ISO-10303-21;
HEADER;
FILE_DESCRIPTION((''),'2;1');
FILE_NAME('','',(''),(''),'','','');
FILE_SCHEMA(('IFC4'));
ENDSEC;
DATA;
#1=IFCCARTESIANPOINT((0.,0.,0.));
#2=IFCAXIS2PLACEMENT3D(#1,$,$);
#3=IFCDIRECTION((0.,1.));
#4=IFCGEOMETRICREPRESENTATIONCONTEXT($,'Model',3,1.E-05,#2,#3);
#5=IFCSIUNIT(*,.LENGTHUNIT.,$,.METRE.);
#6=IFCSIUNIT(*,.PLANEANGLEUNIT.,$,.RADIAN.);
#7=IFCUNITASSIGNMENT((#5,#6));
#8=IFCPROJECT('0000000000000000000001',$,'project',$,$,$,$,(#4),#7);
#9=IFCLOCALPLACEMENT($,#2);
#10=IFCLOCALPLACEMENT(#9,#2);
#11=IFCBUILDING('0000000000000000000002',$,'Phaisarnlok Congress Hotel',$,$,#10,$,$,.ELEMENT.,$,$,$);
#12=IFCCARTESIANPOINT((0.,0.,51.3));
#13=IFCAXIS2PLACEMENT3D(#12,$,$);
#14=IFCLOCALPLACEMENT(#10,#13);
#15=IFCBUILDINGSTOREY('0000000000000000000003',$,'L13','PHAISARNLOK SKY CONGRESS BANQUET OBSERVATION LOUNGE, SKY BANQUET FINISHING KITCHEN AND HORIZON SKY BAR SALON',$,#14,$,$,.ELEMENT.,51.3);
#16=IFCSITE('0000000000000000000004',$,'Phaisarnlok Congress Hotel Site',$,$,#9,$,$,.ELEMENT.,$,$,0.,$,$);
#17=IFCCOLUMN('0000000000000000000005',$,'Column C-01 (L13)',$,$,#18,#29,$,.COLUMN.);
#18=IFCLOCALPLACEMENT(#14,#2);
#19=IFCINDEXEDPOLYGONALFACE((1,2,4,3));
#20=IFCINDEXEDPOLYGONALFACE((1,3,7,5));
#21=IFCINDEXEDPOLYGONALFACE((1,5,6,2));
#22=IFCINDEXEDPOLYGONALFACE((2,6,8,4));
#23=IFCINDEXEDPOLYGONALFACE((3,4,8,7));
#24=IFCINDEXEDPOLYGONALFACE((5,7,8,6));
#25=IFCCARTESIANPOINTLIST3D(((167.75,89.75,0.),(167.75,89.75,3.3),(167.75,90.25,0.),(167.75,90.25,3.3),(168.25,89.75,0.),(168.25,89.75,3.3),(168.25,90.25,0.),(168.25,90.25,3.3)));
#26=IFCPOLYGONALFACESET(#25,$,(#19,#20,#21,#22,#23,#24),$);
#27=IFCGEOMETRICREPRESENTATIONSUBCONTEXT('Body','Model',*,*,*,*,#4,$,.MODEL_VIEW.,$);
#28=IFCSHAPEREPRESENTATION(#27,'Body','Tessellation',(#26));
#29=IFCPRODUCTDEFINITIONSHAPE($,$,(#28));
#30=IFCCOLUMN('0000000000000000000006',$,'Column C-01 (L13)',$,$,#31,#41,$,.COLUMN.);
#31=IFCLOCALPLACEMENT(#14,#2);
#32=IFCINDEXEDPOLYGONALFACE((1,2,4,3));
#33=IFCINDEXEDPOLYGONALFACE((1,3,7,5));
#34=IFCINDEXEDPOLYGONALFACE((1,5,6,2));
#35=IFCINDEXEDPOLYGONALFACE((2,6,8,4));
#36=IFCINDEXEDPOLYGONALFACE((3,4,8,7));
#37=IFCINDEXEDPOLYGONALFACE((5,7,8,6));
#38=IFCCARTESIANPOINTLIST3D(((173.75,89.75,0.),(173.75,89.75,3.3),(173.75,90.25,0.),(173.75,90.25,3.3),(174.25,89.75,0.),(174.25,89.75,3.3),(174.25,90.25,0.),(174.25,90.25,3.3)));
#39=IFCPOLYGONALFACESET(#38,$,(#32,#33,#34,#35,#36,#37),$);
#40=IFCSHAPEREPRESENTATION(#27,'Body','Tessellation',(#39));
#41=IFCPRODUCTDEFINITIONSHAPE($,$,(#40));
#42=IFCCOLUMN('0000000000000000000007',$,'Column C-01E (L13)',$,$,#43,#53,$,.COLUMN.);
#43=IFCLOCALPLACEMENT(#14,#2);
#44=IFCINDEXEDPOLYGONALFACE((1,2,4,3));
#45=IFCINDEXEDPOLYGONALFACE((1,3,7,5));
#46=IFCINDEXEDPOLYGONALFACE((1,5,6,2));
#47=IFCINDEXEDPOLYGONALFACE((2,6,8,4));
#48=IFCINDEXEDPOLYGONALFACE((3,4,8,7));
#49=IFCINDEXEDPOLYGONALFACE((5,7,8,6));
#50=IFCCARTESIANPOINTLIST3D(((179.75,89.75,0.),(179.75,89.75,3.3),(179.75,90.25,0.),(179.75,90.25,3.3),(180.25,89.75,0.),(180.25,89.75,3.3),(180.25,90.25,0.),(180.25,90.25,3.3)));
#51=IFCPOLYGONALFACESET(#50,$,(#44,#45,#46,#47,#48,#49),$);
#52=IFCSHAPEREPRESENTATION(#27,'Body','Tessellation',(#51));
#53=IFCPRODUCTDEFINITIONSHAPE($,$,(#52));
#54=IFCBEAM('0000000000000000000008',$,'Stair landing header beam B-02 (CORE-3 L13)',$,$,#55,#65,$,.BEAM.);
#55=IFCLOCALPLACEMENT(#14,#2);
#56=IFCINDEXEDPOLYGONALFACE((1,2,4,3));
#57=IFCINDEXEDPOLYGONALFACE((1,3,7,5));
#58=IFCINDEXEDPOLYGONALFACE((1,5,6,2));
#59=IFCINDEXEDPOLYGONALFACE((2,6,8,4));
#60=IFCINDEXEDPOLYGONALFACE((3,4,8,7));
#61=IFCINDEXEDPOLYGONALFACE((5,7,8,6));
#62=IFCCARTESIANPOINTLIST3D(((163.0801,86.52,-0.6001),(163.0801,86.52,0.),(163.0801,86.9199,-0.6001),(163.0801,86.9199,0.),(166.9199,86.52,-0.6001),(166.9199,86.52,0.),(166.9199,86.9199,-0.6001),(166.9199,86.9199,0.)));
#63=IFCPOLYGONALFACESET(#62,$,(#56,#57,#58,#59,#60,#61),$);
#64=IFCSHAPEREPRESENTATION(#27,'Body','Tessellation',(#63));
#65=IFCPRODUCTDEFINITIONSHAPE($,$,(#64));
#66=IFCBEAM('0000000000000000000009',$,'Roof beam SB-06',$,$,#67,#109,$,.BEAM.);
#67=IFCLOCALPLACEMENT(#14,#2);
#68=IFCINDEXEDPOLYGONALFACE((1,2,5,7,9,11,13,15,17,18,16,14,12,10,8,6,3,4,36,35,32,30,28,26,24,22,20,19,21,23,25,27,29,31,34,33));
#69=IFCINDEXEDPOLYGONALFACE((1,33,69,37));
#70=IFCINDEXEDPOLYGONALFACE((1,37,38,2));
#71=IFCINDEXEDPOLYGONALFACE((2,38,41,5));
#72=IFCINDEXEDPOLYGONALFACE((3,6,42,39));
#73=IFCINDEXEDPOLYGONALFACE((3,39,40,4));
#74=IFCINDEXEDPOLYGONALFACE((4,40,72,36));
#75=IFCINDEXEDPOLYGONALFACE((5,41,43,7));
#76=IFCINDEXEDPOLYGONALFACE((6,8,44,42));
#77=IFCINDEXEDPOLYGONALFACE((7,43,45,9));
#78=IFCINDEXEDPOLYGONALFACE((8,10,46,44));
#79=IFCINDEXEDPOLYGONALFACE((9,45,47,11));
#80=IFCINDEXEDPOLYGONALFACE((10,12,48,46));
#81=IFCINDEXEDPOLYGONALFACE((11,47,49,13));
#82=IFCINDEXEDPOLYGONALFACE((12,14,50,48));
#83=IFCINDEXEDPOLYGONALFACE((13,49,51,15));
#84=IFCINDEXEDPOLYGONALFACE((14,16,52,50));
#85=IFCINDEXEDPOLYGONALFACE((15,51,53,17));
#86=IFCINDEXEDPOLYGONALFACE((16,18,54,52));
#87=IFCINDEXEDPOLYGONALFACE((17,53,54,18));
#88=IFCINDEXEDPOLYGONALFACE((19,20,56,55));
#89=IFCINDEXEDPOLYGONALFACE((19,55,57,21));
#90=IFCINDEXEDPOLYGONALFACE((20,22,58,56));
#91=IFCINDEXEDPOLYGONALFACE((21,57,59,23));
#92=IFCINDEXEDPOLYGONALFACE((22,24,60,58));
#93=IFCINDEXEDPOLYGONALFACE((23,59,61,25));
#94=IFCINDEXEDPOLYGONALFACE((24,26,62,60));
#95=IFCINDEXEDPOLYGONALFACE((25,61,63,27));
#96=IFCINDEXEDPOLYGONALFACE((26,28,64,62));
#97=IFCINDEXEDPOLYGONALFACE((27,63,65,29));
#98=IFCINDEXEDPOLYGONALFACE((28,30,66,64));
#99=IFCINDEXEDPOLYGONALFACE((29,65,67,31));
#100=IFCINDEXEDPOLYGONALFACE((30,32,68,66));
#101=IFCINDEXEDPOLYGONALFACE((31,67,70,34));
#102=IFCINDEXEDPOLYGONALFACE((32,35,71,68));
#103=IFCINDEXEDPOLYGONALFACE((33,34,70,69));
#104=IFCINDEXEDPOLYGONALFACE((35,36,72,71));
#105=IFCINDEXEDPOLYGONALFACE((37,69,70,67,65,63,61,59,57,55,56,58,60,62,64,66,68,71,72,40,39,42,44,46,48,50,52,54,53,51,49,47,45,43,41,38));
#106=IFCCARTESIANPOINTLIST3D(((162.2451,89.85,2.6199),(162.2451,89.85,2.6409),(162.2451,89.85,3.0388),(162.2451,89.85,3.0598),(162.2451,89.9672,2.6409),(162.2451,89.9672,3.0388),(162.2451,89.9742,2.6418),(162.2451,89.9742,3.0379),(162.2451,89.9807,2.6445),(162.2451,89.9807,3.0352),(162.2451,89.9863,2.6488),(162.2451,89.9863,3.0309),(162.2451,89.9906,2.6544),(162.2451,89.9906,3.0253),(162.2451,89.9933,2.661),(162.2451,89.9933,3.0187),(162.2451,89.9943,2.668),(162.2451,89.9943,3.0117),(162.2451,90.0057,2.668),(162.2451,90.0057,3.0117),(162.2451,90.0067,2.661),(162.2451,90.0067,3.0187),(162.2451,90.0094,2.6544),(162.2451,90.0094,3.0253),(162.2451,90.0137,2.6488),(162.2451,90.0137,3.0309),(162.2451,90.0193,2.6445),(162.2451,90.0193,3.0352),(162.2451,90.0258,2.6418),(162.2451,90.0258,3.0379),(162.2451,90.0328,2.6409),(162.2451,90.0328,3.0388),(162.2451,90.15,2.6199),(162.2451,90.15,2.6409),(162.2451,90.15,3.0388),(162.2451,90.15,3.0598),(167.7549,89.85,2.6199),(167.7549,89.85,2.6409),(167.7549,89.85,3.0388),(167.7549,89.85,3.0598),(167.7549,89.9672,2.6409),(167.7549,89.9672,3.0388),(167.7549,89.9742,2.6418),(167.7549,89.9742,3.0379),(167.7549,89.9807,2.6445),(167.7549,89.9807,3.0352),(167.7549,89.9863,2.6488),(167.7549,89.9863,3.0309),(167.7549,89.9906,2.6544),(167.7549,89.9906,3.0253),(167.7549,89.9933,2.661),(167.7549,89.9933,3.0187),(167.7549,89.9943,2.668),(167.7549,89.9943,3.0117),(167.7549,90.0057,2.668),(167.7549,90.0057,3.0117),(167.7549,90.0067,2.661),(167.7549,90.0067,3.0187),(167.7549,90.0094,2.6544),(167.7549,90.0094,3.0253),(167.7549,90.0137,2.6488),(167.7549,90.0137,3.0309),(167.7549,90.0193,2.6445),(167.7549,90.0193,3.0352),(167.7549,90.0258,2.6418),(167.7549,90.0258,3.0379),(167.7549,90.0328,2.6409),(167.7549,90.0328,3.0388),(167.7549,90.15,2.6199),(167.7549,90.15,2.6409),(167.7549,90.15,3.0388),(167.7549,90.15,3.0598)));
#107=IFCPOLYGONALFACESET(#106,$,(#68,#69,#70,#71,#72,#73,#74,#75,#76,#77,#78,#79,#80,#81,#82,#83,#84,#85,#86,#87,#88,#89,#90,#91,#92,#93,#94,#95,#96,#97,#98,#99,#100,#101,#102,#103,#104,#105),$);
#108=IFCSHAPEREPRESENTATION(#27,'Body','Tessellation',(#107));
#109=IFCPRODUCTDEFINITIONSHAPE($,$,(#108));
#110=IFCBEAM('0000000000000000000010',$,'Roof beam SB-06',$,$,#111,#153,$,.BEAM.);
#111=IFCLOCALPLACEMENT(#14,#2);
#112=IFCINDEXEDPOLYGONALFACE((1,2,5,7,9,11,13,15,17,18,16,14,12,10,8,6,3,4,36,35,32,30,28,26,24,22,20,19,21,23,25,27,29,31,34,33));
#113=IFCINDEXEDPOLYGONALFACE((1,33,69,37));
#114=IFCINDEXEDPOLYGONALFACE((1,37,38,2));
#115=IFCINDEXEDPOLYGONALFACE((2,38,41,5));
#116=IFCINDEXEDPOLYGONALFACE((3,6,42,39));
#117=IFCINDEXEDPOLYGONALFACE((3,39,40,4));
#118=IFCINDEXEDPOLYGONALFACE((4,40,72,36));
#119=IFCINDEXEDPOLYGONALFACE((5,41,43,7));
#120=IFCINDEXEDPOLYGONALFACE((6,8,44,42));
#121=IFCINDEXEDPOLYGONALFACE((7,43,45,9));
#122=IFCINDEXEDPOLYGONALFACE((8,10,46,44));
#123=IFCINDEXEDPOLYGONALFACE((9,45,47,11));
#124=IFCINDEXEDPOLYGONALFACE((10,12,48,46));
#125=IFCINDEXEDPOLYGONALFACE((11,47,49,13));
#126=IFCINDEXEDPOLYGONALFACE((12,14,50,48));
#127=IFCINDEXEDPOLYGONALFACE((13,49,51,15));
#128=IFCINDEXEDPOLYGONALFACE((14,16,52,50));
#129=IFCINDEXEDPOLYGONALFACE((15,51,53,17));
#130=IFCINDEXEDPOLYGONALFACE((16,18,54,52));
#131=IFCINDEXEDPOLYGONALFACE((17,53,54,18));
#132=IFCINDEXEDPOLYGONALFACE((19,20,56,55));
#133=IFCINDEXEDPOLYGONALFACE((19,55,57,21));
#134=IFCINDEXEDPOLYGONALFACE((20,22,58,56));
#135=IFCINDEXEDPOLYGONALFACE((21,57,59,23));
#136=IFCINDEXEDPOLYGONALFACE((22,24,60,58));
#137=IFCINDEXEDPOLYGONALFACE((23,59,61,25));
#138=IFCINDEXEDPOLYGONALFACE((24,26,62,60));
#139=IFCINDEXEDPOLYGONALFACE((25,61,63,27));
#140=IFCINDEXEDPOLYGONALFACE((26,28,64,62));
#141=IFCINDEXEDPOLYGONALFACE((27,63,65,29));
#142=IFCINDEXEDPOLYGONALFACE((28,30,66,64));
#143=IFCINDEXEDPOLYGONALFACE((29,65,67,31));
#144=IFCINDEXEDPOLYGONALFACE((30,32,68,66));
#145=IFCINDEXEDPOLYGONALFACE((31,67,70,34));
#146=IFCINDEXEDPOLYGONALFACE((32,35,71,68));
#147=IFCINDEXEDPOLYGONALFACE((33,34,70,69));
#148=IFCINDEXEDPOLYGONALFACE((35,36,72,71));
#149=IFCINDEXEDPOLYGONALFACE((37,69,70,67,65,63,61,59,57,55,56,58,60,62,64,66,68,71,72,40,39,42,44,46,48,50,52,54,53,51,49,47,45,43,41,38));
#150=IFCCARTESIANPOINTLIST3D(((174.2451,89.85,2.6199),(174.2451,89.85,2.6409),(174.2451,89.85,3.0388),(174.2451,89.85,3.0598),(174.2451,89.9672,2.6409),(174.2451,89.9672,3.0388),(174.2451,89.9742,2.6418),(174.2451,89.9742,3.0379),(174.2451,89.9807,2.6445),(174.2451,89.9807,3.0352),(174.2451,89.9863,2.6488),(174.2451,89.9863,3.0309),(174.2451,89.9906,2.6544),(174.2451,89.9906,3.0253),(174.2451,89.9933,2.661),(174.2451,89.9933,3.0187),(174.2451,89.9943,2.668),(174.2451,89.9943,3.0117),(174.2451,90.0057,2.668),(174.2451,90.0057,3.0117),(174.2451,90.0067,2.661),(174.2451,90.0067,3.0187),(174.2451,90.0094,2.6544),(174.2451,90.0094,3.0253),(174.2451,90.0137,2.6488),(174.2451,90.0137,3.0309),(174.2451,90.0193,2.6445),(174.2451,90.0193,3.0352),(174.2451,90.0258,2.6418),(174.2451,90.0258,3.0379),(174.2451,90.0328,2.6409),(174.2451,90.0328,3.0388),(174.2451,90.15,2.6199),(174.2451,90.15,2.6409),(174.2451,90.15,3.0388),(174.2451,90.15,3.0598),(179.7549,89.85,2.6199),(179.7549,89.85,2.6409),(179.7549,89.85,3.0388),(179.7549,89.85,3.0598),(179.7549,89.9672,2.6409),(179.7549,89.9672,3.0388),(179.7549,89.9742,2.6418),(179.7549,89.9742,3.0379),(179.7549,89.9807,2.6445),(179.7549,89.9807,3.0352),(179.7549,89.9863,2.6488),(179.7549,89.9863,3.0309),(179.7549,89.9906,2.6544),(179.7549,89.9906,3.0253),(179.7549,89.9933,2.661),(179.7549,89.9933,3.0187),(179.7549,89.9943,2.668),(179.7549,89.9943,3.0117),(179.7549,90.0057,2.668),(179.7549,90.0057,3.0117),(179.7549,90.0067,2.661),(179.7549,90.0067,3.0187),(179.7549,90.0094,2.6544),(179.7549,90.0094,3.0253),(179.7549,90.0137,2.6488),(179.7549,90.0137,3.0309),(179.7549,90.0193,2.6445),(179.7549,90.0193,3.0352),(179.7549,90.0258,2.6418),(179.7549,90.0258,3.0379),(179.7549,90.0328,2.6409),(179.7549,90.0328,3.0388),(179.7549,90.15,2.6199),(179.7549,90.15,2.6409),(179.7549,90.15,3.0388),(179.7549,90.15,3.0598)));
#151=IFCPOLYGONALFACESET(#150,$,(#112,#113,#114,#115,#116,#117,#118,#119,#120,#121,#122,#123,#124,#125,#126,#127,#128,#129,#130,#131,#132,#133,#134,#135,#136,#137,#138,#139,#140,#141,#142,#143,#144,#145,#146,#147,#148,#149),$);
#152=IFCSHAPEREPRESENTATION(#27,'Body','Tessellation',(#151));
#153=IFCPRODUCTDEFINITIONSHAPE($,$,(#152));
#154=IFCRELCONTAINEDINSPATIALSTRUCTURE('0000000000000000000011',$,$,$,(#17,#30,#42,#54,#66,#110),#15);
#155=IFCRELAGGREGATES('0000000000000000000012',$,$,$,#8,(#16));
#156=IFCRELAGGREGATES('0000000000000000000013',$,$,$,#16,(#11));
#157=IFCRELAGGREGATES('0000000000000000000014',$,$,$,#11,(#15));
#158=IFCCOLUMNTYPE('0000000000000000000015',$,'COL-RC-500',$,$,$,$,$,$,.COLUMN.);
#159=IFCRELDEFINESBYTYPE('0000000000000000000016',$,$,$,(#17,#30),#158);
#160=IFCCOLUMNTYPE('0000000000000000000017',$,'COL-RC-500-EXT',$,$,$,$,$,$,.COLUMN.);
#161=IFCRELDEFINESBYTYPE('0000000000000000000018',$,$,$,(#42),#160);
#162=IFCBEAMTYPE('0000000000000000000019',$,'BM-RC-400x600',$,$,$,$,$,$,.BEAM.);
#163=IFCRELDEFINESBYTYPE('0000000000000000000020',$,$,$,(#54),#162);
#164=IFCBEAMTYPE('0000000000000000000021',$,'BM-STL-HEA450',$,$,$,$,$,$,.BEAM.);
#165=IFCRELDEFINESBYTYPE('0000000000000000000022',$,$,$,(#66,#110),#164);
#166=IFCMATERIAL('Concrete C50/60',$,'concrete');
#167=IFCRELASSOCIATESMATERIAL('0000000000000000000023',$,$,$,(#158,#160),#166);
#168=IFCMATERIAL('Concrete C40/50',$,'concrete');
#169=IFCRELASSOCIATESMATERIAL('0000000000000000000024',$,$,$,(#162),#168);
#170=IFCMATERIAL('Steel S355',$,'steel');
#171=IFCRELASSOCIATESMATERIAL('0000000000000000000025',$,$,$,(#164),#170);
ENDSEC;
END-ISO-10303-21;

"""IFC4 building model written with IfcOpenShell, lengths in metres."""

from ifc_helpers import new_model, si_unit, direction, frame, origin, origin_2d, place, context, subcontext, project, spatial, rectangle, i_section, extrude, material, material_profile, profile_set, type_object, element, save


model = new_model("IFC4")

# Units and contexts
model_context = context("Model", 3, precision=1e-05, world=origin(), true_north=direction((0.0, 1.0)))
body_context = subcontext(model_context, "Body", "Model", "MODEL_VIEW")
ifc_project = project(units=[si_unit("LENGTHUNIT", "METRE"), si_unit("PLANEANGLEUNIT", "RADIAN")], contexts=[model_context])

# Site, building, storey
site_placement = place(None, origin())
site = spatial("IfcSite", under=ifc_project, at=site_placement, Name="Phaisarnlok Congress Hotel Site", CompositionType="ELEMENT", RefElevation=0.0)
building_placement = place(site_placement, origin())
building = spatial("IfcBuilding", under=site, at=building_placement, Name="Phaisarnlok Congress Hotel", CompositionType="ELEMENT")
storey_placement = place(building_placement, frame((0.0, 0.0, 51.3)))
storey = spatial("IfcBuildingStorey", under=building, at=storey_placement, Name="L13", Description="PHAISARNLOK SKY CONGRESS BANQUET OBSERVATION LOUNGE, SKY BANQUET FINISHING KITCHEN AND HORIZON SKY BAR SALON", CompositionType="ELEMENT", Elevation=51.3)

# Columns
ifc_material_1 = material(Name="Concrete C50/60", Category="concrete")
ifc_material_profile_1 = material_profile(ifc_material_1, rectangle(XDim=0.5, YDim=0.5, at=origin_2d()), Name="RC 500x500")
ifc_profile_set_1 = profile_set([ifc_material_profile_1], Name="Concrete C50/60")
column_type_1 = type_object("IfcColumnType", Name="COL-RC-500", PredefinedType="COLUMN", material=ifc_profile_set_1)
for number, where, z_axis, x_axis, name in (
    (1, (168.0, 90.0, 0.0), (0.0, 0.0, 1.0), (1.0, 0.0, 0.0), "Column C-01 (L13)"),
    (2, (174.0, 90.0, 0.0), (0.0, 0.0, 1.0), (1.0, 0.0, 0.0), "Column C-01 (L13)"),
):
    element("IfcColumn", number, at=place(storey_placement, frame(where, z_axis=z_axis, x_axis=x_axis)), inside=storey, type_object=column_type_1, Name=name, PredefinedType="COLUMN", context=body_context, shape_type="SweptSolid", body=[
        extrude(rectangle(XDim=0.5, YDim=0.5, at=origin_2d()), origin(), (0.0, 0.0, 1.0), 3.3),
    ])
ifc_material_profile_2 = material_profile(ifc_material_1, rectangle(XDim=0.5, YDim=0.5, at=origin_2d()), Name="RC 500x500")
ifc_profile_set_2 = profile_set([ifc_material_profile_2], Name="Concrete C50/60")
column_type_2 = type_object("IfcColumnType", Name="COL-RC-500-EXT", PredefinedType="COLUMN", material=ifc_profile_set_2)
column_placement = place(storey_placement, frame((180.0, 90.0, 0.0), z_axis=(0.0, 0.0, 1.0), x_axis=(1.0, 0.0, 0.0)))
element("IfcColumn", 3, at=column_placement, inside=storey, type_object=column_type_2, Name="Column C-01E (L13)", PredefinedType="COLUMN", context=body_context, shape_type="SweptSolid", body=[
    extrude(rectangle(XDim=0.5, YDim=0.5, at=origin_2d()), origin(), (0.0, 0.0, 1.0), 3.3),
])

# Beams
ifc_material_2 = material(Name="Concrete C40/50", Category="concrete")
ifc_material_profile_3 = material_profile(ifc_material_2, rectangle(XDim=0.3999, YDim=0.6001, at=origin_2d()), Name="RC 400x600")
ifc_profile_set_3 = profile_set([ifc_material_profile_3], Name="Concrete C40/50")
beam_type_1 = type_object("IfcBeamType", Name="BM-RC-400x600", PredefinedType="BEAM", material=ifc_profile_set_3)
beam_1_placement = place(storey_placement, frame((163.0801, 86.72, -0.3), z_axis=(1.0, 0.0, 0.0), x_axis=(0.0, 1.0, 0.0)))
element("IfcBeam", 4, at=beam_1_placement, inside=storey, type_object=beam_type_1, Name="Stair landing header beam B-02 (CORE-3 L13)", PredefinedType="BEAM", context=body_context, shape_type="SweptSolid", body=[
    extrude(rectangle(XDim=0.3999, YDim=0.6001, at=origin_2d()), origin(), (0.0, 0.0, 1.0), 3.8398),
])
ifc_material_3 = material(Name="Steel S355", Category="steel")
ifc_material_profile_4 = material_profile(ifc_material_3, i_section(OverallWidth=0.3, OverallDepth=0.4399, WebThickness=0.0115, FlangeThickness=0.021, FilletRadius=0.0271, at=origin_2d()), Name="HEA 450")
ifc_profile_set_4 = profile_set([ifc_material_profile_4], Name="Steel S355")
beam_type_2 = type_object("IfcBeamType", Name="BM-STL-HEA450", PredefinedType="BEAM", material=ifc_profile_set_4)
for number, where, z_axis, x_axis, name in (
    (5, (162.2451, 90.0, 2.8398), (1.0, 0.0, 0.0), (0.0, 1.0, 0.0), "Roof beam SB-06"),
    (6, (174.2451, 90.0, 2.8398), (1.0, 0.0, 0.0), (0.0, 1.0, 0.0), "Roof beam SB-06"),
):
    element("IfcBeam", number, at=place(storey_placement, frame(where, z_axis=z_axis, x_axis=x_axis)), inside=storey, type_object=beam_type_2, Name=name, PredefinedType="BEAM", context=body_context, shape_type="SweptSolid", body=[
        extrude(i_section(OverallWidth=0.3, OverallDepth=0.4399, WebThickness=0.0115, FlangeThickness=0.021, FilletRadius=0.0271, at=origin_2d()), origin(), (0.0, 0.0, 1.0), 5.5098),
    ])

save(model, "model.ifc")
